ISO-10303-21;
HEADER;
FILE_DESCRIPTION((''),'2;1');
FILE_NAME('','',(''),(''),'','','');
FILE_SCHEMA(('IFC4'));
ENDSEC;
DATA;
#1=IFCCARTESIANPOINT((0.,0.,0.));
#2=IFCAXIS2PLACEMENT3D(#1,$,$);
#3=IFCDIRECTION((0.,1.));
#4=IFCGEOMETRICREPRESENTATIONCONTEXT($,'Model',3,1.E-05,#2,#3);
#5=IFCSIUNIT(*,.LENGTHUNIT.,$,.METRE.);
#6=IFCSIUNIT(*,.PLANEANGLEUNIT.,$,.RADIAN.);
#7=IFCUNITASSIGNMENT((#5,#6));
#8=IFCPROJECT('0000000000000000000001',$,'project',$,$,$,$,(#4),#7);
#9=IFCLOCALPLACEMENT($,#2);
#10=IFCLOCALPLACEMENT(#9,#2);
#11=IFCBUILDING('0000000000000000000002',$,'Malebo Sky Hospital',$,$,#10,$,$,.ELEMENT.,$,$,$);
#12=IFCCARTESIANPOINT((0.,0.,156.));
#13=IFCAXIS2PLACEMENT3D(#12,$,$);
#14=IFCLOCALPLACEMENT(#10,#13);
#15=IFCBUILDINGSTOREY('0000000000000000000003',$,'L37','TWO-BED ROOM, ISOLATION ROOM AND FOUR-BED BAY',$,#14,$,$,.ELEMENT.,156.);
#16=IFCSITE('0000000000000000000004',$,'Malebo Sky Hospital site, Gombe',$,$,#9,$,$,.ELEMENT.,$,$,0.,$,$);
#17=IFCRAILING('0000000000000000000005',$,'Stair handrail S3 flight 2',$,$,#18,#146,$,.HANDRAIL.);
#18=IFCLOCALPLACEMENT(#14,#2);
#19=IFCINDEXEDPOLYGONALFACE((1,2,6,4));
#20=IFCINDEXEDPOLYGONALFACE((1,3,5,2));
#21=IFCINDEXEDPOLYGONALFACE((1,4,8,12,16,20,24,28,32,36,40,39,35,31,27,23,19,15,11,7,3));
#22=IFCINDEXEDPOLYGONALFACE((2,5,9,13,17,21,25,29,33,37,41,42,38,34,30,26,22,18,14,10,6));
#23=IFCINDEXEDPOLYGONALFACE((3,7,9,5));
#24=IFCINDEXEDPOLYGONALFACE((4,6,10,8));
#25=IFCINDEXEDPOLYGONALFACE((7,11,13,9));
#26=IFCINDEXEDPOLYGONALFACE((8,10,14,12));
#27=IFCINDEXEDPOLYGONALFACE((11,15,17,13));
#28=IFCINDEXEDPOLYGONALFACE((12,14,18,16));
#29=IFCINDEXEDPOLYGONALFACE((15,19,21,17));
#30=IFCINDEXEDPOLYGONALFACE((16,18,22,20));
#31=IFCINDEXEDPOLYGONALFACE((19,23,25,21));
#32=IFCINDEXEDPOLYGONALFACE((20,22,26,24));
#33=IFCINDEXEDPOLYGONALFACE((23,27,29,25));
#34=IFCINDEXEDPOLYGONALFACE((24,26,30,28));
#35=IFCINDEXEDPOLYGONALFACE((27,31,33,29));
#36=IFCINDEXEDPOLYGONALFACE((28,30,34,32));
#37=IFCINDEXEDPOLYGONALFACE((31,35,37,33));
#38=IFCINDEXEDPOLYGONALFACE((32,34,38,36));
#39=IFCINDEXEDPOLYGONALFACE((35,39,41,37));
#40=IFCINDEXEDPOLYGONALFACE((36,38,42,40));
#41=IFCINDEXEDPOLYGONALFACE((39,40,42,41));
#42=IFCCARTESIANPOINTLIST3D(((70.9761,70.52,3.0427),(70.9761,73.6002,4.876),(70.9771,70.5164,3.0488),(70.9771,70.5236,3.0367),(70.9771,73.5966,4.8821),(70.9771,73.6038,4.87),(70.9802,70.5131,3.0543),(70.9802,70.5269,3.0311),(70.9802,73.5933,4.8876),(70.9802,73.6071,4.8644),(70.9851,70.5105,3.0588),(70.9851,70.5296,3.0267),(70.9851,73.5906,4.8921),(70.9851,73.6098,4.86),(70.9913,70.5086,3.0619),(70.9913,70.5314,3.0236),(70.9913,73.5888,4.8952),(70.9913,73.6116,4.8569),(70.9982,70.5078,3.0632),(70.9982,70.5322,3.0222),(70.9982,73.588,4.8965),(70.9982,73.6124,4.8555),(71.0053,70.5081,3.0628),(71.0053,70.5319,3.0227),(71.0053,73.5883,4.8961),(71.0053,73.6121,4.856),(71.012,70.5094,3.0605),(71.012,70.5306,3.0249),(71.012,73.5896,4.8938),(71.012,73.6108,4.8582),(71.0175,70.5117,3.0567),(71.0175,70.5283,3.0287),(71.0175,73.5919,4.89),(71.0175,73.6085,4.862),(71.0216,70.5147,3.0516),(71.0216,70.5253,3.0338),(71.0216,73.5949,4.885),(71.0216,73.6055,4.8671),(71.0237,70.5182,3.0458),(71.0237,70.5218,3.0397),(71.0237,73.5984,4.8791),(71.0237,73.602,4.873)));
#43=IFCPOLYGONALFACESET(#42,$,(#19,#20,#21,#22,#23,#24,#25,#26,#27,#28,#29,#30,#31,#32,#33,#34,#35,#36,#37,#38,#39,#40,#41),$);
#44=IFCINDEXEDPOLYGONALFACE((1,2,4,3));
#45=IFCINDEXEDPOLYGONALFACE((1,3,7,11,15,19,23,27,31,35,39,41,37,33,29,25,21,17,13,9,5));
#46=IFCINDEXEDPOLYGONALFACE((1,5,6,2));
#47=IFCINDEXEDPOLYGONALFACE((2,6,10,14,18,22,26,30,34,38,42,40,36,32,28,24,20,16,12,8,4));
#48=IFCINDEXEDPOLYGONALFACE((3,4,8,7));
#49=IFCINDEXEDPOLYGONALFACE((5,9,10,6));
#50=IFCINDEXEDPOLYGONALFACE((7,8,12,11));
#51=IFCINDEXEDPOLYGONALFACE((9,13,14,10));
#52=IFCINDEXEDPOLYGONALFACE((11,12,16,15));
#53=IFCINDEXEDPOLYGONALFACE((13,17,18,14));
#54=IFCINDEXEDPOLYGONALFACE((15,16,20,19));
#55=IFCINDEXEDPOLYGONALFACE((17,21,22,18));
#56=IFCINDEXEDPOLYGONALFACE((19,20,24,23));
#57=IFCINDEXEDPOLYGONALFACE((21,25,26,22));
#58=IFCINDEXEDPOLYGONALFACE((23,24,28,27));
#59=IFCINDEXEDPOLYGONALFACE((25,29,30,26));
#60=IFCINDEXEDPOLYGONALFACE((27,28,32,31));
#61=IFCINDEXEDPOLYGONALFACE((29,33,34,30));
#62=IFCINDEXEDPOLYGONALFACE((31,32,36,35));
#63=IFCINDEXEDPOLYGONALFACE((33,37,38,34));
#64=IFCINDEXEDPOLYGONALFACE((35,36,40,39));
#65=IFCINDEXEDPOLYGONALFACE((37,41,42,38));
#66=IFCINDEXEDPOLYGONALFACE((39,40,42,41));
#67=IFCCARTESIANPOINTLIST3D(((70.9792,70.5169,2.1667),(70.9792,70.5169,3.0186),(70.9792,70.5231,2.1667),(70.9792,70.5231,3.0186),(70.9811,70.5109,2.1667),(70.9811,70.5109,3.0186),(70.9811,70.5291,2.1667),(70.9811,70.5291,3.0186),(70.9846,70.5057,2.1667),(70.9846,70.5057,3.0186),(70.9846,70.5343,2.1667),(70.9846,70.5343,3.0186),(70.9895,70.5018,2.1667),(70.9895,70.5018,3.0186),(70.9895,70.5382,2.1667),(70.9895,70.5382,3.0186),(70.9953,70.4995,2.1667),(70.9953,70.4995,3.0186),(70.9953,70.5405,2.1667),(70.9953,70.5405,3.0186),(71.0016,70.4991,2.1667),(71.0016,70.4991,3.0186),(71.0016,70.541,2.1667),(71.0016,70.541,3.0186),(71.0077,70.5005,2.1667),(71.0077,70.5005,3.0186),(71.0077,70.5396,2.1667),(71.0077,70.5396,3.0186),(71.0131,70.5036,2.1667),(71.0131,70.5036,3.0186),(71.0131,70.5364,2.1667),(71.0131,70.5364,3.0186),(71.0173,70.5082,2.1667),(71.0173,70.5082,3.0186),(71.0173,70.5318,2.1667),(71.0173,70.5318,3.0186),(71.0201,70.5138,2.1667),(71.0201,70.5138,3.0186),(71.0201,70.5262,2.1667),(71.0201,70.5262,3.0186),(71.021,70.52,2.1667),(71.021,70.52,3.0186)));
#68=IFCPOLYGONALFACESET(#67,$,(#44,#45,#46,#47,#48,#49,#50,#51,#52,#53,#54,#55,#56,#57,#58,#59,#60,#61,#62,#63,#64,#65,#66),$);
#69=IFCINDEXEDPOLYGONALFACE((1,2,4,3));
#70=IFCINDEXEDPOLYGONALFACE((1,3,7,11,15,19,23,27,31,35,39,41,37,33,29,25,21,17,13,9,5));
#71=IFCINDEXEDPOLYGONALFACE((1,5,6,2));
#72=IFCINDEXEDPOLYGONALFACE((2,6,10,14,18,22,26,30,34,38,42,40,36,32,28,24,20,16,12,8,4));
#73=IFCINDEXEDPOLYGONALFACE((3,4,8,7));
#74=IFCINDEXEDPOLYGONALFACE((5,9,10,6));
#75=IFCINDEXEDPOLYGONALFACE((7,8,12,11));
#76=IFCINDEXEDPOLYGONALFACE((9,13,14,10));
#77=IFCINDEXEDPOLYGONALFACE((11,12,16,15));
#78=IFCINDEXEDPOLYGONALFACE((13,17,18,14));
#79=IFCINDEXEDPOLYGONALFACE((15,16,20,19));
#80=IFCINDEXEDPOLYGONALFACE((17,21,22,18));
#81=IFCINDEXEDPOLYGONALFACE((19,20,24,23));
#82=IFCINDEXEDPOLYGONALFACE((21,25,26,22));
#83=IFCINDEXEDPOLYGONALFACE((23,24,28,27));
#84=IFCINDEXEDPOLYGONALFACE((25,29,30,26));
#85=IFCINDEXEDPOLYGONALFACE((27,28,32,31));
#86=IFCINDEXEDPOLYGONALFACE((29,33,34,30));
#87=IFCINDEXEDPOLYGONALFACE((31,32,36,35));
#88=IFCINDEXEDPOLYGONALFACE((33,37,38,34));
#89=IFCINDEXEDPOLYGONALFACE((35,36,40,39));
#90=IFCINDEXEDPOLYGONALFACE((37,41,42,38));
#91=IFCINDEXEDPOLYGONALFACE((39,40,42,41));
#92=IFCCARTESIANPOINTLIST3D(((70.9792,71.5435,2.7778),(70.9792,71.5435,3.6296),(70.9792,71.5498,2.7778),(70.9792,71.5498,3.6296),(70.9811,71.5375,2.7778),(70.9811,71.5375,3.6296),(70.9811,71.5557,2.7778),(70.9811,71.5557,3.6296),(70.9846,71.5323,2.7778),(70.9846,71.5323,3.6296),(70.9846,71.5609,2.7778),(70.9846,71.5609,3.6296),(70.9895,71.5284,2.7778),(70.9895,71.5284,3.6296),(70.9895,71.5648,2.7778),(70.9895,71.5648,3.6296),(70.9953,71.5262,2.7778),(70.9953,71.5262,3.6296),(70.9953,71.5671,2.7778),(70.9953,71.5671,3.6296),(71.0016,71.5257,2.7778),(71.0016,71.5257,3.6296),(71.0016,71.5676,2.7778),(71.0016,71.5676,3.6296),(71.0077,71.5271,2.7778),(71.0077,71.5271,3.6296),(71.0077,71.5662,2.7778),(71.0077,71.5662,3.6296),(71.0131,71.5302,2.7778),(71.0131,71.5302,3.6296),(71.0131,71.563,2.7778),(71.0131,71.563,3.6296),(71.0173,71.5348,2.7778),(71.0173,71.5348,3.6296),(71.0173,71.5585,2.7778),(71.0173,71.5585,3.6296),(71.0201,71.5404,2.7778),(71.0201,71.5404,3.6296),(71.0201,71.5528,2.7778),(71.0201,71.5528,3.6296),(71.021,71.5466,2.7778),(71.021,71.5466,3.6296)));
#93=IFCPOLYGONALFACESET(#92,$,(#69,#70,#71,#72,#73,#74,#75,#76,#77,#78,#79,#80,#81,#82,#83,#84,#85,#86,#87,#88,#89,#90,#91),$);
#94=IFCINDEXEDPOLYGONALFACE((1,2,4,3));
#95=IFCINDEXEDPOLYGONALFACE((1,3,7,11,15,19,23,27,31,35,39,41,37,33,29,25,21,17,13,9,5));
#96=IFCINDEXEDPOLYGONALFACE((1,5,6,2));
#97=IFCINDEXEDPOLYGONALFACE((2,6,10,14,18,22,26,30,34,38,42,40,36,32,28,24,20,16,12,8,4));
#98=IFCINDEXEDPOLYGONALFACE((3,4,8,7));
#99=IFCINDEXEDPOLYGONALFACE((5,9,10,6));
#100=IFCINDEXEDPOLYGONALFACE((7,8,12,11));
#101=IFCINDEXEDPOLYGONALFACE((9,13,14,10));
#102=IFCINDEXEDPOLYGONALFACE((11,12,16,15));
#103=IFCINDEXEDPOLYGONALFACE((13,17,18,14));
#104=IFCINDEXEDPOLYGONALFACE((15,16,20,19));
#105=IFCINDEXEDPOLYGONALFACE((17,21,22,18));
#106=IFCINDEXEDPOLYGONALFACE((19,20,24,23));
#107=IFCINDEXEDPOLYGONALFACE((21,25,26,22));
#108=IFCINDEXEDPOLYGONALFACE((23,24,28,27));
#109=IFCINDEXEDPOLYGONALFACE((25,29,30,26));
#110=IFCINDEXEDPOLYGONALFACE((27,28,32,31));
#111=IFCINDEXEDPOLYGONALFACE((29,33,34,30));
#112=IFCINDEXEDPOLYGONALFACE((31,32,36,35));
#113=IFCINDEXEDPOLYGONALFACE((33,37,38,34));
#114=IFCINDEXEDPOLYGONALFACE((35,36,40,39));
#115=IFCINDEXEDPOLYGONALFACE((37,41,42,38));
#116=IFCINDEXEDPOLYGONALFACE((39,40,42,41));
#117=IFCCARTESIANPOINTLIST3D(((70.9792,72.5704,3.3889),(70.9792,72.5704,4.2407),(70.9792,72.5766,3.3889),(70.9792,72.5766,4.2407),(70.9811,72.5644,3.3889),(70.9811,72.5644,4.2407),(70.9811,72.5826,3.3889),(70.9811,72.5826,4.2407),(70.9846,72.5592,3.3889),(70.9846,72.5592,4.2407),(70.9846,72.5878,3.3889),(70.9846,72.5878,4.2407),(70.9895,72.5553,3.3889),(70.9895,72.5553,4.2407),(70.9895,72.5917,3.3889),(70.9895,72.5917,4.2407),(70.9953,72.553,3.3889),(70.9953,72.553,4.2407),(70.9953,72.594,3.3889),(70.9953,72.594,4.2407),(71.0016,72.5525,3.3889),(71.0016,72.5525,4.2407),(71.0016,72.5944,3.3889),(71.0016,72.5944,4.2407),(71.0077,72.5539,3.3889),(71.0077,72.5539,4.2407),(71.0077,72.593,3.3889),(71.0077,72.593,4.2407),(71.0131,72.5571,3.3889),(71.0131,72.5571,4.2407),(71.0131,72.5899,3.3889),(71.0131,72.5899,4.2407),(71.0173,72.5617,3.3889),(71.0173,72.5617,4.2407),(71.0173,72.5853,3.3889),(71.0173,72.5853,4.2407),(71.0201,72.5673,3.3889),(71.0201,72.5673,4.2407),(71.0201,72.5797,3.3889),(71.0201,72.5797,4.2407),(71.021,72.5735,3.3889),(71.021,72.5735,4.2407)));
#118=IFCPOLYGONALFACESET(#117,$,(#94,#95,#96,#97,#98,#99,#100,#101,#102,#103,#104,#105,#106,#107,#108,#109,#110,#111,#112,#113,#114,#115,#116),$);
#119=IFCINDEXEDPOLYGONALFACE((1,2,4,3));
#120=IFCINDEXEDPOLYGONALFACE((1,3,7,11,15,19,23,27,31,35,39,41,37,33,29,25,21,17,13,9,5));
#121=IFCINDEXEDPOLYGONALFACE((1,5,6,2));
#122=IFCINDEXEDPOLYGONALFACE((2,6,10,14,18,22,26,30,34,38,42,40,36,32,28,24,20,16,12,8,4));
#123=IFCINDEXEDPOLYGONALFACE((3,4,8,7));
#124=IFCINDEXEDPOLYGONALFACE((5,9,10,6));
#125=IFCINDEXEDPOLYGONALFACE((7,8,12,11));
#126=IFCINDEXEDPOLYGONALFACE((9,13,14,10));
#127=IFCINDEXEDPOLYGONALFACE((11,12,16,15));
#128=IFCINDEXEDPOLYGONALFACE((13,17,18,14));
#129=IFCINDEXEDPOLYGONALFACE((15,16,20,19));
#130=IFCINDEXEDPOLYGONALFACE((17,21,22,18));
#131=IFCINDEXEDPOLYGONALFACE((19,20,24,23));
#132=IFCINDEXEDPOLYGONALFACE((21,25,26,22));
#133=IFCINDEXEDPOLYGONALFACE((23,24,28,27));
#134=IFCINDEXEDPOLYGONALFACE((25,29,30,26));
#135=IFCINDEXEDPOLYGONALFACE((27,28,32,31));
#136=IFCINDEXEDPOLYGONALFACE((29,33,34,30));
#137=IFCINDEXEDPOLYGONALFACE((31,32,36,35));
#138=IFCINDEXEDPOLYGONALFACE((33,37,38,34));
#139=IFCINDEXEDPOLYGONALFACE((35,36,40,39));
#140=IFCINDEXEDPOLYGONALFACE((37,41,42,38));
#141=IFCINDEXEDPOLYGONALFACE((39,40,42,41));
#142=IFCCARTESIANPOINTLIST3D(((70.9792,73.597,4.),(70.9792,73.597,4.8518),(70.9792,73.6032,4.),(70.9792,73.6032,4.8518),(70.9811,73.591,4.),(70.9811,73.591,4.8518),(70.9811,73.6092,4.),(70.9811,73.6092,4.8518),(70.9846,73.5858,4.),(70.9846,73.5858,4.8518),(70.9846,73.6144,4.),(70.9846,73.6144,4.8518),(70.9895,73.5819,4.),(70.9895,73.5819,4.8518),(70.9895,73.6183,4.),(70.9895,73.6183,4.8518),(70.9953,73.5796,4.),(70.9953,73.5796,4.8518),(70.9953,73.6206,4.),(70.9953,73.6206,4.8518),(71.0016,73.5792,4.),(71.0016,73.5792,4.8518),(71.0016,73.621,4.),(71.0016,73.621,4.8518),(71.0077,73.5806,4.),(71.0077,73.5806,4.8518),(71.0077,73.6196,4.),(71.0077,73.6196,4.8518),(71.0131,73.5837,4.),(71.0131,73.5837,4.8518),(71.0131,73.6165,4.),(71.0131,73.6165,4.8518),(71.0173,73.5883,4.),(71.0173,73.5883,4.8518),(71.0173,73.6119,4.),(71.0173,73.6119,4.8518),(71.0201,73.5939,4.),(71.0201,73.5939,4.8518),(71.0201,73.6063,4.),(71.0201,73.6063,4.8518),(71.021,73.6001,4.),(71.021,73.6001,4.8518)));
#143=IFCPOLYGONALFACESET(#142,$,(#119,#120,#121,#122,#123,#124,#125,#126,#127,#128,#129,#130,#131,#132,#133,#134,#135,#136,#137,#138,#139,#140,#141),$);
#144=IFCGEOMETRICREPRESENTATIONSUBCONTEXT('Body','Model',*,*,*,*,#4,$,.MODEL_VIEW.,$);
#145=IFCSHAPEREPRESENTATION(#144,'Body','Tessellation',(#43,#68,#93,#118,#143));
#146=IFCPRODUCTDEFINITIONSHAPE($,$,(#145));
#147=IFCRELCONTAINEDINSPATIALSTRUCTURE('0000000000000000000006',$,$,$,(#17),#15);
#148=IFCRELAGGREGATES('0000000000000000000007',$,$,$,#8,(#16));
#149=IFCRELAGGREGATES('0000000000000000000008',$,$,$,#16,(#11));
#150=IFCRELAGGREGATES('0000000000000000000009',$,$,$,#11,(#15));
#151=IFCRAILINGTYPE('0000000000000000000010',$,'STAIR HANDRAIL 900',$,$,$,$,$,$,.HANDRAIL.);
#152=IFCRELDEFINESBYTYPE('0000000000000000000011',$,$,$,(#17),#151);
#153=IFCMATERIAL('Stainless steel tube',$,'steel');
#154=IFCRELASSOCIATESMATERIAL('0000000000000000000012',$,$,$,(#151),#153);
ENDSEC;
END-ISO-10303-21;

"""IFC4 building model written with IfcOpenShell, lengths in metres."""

from ifc_helpers import new_model, si_unit, direction, frame, origin, origin_2d, place, context, subcontext, project, spatial, circle, extrude, material, type_object, element, save


model = new_model("IFC4")

# Units and contexts
model_context = context("Model", 3, precision=1e-05, world=origin(), true_north=direction((0.0, 1.0)))
body_context = subcontext(model_context, "Body", "Model", "MODEL_VIEW")
ifc_project = project(units=[si_unit("LENGTHUNIT", "METRE"), si_unit("PLANEANGLEUNIT", "RADIAN")], contexts=[model_context])

# Site, building, storey
site_placement = place(None, origin())
site = spatial("IfcSite", under=ifc_project, at=site_placement, Name="Malebo Sky Hospital site, Gombe", CompositionType="ELEMENT", RefElevation=0.0)
building_placement = place(site_placement, origin())
building = spatial("IfcBuilding", under=site, at=building_placement, Name="Malebo Sky Hospital", CompositionType="ELEMENT")
storey_placement = place(building_placement, frame((0.0, 0.0, 156.0)))
storey = spatial("IfcBuildingStorey", under=building, at=storey_placement, Name="L37", Description="TWO-BED ROOM, ISOLATION ROOM AND FOUR-BED BAY", CompositionType="ELEMENT", Elevation=156.0)

# Railing
ifc_material_1 = material(Name="Stainless steel tube", Category="steel")
railing_type = type_object("IfcRailingType", Name="STAIR HANDRAIL 900", PredefinedType="HANDRAIL", material=ifc_material_1)
railing_1_placement = place(storey_placement, frame((71.0, 70.52, 2.1667)))
element("IfcRailing", 1, at=railing_1_placement, inside=storey, type_object=railing_type, Name="Stair handrail S3 flight 2", PredefinedType="HANDRAIL", context=body_context, shape_type="SweptSolid", body=[
    extrude(circle(Radius=0.0239, at=origin_2d()), frame((0.0, 0.0, 0.876), z_axis=(0.0, 0.859309, 0.511458), x_axis=(-1.0, 0.0, 0.0)), (0.0, 0.0, 1.0), 3.5845),
    extrude(circle(Radius=0.021, at=origin_2d()), origin(), (0.0, 0.0, 1.0), 0.8518),
    extrude(circle(Radius=0.021, at=origin_2d()), frame((0.0, 1.0266, 0.6111)), (0.0, 0.0, 1.0), 0.8518),
    extrude(circle(Radius=0.021, at=origin_2d()), frame((0.0, 2.0535, 1.2222)), (0.0, 0.0, 1.0), 0.8518),
    extrude(circle(Radius=0.021, at=origin_2d()), frame((0.0, 3.0801, 1.8333)), (0.0, 0.0, 1.0), 0.8518),
])

save(model, "model.ifc")
